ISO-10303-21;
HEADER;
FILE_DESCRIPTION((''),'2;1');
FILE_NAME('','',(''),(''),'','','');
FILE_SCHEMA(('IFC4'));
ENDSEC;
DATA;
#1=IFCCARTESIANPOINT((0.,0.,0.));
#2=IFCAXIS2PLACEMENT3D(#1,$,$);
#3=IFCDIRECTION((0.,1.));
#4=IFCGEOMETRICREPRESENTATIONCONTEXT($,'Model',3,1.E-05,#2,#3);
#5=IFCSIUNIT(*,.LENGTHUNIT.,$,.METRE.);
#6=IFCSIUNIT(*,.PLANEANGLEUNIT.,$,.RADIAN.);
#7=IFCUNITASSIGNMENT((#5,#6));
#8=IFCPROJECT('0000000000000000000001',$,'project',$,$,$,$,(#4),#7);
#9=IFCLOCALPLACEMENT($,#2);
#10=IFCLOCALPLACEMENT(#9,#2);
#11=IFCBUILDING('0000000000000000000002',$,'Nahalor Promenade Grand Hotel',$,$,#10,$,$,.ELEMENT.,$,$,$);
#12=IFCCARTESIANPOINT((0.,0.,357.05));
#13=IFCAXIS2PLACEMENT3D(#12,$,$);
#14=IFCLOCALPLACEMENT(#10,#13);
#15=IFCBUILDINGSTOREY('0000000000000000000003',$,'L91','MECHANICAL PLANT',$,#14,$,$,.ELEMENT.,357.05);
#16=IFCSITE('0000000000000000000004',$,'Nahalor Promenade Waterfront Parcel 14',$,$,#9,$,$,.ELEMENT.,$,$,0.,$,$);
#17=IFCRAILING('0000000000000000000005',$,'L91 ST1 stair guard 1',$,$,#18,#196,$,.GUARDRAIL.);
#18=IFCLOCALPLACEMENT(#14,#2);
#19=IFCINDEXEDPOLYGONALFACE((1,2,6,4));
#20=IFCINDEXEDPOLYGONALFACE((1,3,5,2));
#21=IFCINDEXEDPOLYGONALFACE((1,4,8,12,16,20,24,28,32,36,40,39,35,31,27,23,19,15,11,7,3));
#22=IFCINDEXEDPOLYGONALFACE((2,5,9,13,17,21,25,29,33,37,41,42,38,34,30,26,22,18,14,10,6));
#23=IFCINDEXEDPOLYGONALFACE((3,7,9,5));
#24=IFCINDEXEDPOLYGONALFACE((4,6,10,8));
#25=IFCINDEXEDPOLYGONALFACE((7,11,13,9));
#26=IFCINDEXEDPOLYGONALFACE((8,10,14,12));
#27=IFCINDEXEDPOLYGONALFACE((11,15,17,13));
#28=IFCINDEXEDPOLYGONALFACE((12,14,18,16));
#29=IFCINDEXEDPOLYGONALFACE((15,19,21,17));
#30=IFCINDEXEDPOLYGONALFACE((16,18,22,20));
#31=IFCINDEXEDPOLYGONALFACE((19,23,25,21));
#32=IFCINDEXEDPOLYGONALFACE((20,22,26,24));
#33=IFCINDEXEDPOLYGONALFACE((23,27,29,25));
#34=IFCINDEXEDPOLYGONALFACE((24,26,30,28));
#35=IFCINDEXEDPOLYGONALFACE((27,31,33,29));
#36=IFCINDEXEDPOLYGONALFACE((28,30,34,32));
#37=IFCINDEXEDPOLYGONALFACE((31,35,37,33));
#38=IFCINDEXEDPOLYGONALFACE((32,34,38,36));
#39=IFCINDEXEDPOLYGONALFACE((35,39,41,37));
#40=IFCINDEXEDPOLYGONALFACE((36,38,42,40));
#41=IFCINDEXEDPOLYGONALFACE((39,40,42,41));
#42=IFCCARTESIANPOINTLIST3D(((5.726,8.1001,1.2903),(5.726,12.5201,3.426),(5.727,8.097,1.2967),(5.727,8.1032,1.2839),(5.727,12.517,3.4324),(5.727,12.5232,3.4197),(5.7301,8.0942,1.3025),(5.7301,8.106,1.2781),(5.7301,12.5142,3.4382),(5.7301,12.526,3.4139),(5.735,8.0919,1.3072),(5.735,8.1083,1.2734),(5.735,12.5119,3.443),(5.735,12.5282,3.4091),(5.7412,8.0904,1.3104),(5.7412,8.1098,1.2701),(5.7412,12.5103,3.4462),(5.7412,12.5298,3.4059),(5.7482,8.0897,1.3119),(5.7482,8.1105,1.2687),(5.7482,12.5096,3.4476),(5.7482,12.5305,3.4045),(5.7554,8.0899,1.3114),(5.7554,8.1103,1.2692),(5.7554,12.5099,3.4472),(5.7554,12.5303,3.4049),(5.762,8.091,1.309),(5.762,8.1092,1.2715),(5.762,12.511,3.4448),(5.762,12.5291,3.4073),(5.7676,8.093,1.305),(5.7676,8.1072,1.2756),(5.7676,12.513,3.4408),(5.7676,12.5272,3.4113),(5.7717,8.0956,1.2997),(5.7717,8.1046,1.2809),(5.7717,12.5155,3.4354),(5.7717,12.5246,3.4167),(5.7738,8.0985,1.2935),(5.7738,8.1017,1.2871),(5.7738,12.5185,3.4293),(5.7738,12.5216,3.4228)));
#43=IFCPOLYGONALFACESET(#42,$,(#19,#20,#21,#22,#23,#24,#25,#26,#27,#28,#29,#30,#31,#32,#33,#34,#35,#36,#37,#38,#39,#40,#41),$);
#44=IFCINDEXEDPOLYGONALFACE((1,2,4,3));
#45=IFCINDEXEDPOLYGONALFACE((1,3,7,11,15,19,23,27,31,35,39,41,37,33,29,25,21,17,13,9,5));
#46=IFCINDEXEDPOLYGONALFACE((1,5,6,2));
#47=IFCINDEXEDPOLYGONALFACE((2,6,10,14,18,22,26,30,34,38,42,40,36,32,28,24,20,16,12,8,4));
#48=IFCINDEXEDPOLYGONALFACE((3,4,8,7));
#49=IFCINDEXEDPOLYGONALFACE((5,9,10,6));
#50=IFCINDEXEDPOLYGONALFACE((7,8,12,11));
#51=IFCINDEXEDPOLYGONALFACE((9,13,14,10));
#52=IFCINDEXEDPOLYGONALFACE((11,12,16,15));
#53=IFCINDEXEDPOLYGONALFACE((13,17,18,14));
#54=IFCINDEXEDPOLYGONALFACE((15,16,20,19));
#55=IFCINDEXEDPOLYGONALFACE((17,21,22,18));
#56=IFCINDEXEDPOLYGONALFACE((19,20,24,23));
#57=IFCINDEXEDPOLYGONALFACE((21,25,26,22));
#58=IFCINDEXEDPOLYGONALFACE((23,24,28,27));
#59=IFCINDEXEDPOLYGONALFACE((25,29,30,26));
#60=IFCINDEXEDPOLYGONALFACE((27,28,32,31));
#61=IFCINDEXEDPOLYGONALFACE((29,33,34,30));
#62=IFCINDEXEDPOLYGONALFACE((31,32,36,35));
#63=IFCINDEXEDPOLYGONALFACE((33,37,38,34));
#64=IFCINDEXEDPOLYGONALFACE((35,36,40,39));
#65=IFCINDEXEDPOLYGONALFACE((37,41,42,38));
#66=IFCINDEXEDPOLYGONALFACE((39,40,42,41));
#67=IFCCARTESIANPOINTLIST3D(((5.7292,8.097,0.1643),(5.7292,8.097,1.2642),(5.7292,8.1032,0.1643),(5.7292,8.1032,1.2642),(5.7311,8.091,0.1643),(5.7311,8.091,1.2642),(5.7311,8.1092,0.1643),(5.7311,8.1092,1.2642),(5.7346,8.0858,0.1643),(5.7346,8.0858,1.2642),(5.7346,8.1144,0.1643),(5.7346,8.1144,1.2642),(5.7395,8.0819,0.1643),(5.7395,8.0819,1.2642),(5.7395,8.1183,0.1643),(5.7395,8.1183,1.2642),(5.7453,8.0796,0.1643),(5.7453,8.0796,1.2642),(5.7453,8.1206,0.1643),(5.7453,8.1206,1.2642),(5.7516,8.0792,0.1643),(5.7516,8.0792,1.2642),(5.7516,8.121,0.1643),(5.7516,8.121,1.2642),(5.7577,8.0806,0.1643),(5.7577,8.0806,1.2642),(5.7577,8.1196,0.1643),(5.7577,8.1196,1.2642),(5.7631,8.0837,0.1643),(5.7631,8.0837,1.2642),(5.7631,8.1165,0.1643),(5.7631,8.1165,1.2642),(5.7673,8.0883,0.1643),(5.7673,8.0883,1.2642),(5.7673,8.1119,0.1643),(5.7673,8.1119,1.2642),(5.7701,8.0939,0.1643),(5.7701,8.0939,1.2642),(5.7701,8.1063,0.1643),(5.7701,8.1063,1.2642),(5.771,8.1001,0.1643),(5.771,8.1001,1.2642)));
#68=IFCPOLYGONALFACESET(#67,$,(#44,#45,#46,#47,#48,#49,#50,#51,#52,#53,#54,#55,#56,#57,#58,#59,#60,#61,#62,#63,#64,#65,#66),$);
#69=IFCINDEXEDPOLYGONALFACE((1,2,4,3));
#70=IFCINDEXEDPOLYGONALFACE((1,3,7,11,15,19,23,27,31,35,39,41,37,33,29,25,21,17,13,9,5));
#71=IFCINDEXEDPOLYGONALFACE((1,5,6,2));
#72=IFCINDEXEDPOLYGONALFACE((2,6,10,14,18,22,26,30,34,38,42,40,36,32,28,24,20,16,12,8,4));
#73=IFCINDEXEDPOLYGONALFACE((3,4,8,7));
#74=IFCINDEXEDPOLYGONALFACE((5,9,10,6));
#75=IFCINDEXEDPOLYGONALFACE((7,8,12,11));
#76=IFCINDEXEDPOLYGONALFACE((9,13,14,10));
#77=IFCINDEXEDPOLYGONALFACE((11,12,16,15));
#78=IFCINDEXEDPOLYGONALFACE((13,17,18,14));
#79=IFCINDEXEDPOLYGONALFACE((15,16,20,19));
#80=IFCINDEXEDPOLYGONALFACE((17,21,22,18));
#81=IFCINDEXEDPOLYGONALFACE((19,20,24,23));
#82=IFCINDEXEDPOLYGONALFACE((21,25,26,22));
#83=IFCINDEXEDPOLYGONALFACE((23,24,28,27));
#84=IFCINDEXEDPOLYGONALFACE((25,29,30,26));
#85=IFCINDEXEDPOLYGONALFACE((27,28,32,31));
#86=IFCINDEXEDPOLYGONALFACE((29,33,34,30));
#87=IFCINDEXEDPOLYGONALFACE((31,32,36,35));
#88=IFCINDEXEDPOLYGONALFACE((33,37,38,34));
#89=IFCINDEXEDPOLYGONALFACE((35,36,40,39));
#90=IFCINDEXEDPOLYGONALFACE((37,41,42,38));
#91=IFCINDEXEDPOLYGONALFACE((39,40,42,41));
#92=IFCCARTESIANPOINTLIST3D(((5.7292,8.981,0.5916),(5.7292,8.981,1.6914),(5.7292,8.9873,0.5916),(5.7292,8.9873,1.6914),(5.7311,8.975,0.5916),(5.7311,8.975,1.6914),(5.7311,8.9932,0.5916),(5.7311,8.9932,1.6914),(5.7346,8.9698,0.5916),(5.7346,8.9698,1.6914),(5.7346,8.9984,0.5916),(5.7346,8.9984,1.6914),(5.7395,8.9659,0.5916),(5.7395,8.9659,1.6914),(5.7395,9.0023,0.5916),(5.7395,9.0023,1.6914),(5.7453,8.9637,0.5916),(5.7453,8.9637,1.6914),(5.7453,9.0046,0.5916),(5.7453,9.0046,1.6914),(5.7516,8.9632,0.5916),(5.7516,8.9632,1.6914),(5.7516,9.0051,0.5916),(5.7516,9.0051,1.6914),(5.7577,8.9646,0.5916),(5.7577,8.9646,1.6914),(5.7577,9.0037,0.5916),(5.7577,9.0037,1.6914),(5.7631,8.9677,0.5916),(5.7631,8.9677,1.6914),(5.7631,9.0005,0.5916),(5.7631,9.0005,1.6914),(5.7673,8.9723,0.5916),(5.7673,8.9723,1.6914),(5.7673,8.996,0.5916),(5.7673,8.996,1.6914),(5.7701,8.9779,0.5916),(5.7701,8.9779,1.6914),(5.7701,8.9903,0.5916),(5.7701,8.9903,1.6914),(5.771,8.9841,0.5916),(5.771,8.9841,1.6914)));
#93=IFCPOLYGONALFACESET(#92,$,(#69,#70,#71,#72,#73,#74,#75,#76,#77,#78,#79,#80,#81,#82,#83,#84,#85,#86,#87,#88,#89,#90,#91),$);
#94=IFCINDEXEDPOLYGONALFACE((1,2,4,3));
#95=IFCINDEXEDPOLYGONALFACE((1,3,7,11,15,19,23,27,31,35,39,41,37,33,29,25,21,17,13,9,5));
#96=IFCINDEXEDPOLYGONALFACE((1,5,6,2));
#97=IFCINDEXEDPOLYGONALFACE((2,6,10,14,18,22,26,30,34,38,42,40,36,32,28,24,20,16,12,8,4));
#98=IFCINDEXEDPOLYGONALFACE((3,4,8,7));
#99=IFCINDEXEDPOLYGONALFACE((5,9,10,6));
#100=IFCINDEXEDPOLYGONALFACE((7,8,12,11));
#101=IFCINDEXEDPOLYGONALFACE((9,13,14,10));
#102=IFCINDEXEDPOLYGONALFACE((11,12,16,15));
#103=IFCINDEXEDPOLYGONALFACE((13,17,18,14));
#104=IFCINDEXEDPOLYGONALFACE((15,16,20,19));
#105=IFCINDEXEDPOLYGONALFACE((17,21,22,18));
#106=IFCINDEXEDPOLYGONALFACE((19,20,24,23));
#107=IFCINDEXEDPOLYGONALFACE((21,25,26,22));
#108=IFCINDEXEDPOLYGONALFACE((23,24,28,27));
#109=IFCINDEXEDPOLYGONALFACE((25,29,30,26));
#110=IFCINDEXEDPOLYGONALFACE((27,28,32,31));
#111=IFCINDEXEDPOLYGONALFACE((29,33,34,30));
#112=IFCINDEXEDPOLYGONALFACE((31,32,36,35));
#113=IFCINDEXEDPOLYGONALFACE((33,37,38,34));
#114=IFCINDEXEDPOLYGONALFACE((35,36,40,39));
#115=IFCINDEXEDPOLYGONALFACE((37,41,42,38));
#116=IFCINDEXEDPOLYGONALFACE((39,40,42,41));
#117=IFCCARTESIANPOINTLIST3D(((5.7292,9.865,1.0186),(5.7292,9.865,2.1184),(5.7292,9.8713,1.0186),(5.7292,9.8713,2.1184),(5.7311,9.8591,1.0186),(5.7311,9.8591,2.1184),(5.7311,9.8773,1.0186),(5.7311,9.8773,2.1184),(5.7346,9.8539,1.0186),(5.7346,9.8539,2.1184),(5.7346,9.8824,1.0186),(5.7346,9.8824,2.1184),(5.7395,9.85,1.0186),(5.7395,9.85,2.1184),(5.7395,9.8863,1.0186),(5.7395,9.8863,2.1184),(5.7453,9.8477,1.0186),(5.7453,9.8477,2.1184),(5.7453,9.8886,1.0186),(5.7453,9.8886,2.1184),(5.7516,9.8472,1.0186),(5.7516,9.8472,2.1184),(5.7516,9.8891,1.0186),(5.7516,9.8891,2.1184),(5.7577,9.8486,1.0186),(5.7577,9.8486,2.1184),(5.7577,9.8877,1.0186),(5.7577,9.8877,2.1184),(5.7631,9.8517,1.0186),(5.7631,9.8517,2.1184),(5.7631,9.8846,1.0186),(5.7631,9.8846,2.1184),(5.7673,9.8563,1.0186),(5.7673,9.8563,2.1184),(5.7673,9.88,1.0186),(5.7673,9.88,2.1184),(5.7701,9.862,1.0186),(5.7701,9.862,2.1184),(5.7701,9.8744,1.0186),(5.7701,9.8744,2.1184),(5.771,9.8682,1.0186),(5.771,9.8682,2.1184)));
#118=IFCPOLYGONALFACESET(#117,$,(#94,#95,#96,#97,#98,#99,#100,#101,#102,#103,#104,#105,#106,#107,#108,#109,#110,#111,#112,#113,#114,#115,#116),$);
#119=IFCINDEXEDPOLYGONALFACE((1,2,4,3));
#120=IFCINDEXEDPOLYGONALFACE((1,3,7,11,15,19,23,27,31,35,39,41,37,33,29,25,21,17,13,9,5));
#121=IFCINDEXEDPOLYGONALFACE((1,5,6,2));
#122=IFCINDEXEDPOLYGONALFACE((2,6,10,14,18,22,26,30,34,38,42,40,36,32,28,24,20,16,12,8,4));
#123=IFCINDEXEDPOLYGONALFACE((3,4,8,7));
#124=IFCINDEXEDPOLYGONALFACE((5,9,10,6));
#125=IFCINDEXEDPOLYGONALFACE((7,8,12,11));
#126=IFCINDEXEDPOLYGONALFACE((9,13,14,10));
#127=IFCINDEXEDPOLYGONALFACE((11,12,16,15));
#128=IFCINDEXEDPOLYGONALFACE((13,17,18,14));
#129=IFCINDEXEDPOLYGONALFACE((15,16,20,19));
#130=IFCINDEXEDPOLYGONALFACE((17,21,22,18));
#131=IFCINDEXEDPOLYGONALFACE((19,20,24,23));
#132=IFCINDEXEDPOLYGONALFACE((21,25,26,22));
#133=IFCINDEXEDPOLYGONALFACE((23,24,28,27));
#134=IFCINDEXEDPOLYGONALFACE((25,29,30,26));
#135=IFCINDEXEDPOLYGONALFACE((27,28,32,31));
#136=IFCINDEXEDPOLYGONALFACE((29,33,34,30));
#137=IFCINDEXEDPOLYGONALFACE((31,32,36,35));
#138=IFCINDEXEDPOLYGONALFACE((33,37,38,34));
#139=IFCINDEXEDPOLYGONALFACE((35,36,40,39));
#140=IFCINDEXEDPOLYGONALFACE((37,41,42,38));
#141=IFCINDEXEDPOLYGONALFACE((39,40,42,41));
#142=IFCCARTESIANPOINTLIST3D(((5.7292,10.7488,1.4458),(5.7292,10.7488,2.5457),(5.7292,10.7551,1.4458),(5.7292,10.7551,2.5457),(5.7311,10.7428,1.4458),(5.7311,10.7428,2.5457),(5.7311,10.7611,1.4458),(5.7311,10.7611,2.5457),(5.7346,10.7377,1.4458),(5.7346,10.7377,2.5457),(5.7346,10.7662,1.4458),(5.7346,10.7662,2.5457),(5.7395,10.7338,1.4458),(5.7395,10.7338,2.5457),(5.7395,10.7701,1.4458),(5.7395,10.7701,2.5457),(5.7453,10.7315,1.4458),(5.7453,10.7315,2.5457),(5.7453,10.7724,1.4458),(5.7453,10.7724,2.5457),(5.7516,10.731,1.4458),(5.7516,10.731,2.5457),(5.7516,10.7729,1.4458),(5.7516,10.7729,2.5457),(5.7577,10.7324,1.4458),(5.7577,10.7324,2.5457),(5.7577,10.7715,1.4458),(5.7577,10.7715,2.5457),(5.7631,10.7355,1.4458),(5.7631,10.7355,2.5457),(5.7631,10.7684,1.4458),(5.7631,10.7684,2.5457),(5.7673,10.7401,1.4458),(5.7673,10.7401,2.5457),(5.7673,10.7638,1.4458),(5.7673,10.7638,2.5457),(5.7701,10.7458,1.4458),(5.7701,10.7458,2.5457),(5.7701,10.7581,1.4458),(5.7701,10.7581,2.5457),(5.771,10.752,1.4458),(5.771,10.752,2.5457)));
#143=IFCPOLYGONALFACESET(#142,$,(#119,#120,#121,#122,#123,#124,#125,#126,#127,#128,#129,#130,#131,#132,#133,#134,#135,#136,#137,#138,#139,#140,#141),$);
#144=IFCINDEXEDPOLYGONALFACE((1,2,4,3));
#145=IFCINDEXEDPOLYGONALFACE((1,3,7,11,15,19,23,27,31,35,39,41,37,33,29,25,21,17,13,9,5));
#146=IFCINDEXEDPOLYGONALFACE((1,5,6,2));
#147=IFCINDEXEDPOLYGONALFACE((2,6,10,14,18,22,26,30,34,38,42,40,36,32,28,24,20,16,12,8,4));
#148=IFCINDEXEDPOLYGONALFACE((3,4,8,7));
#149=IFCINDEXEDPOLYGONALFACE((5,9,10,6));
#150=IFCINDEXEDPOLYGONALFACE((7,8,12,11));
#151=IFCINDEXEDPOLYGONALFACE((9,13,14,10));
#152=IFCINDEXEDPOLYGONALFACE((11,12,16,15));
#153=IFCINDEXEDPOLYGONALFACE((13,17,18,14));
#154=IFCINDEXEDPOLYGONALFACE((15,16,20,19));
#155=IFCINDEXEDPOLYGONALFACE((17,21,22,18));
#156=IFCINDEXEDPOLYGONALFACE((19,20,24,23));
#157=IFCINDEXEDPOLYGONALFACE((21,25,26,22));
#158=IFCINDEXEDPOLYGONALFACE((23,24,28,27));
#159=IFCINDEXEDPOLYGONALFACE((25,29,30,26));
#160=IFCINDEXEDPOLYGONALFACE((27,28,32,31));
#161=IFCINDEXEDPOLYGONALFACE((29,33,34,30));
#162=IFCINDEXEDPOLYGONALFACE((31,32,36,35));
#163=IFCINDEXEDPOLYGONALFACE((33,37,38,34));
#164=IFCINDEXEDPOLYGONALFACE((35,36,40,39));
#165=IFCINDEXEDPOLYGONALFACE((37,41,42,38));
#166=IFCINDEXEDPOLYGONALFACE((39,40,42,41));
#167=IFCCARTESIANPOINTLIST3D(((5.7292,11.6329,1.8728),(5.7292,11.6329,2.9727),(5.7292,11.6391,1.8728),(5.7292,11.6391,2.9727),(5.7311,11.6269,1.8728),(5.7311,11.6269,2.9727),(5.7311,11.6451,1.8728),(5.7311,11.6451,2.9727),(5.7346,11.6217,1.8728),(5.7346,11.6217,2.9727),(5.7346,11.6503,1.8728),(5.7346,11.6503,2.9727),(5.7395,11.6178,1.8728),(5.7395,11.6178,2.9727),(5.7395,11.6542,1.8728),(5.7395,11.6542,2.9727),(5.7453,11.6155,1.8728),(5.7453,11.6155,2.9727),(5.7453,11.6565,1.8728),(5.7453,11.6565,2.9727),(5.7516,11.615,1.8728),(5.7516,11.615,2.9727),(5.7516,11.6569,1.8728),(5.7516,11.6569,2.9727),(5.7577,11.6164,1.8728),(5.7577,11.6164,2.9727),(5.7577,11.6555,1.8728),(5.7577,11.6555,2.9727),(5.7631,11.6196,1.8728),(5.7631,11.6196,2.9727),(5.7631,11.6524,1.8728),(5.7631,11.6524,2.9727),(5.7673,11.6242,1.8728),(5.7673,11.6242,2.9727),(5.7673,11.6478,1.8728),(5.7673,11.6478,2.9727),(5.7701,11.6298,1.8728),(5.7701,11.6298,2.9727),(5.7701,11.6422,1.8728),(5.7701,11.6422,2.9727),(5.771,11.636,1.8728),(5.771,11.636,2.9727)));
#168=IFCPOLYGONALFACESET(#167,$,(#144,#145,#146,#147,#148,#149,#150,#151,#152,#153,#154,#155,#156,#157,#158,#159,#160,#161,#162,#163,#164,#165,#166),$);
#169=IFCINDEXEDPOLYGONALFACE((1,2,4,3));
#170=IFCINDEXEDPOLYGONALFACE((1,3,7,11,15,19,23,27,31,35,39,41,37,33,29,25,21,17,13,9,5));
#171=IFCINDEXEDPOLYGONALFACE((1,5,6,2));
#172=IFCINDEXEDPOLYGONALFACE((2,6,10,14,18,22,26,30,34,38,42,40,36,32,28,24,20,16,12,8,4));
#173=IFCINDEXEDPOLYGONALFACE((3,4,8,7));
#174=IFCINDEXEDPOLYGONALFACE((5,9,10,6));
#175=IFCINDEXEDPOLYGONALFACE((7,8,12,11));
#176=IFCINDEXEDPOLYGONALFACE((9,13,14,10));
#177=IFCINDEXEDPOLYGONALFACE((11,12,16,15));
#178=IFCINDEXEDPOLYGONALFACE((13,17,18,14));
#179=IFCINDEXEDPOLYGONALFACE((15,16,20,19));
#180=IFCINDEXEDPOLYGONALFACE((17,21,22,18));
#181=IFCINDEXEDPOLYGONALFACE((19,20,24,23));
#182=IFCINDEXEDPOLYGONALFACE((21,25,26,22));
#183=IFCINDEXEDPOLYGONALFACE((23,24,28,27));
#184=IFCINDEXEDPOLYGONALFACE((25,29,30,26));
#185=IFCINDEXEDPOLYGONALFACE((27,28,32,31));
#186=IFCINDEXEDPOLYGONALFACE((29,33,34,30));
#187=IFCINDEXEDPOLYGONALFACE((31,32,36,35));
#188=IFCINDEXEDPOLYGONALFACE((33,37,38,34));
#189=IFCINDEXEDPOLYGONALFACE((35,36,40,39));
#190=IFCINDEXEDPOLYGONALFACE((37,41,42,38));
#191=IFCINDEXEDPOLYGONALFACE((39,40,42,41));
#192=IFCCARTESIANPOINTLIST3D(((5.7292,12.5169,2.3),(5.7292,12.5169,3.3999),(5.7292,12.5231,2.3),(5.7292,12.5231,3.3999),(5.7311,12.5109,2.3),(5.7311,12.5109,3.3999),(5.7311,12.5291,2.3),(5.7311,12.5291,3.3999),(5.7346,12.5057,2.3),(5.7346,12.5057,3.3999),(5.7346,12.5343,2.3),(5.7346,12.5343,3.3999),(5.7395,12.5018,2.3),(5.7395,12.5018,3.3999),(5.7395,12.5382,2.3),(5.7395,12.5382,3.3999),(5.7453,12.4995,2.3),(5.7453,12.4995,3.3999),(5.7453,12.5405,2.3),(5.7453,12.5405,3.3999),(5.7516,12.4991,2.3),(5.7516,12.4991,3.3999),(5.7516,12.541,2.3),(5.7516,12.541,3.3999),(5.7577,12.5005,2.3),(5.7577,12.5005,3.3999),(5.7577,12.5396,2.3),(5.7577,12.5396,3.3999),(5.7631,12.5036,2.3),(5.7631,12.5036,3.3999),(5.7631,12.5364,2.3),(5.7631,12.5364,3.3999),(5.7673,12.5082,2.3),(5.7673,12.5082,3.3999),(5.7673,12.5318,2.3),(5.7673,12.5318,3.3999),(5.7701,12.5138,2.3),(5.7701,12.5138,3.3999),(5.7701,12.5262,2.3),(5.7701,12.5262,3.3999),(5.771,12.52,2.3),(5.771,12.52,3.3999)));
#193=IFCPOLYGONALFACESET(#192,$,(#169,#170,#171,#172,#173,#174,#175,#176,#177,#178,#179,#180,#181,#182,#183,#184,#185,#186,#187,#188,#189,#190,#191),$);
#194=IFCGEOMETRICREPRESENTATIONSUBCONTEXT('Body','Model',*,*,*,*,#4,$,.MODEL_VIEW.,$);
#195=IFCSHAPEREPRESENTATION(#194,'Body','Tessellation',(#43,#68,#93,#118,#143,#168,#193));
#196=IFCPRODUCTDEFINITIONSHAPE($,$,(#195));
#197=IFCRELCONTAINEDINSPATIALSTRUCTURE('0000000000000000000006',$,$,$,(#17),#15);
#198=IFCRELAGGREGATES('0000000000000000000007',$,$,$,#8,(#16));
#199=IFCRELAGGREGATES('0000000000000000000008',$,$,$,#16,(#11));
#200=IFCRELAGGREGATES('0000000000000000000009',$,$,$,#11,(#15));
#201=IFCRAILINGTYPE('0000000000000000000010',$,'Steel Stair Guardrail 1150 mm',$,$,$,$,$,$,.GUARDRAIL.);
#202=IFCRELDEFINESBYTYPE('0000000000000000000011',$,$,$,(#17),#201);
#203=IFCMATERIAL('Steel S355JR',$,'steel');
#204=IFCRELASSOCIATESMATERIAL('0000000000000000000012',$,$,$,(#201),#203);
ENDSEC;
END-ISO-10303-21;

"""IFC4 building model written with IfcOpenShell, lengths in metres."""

from ifc_helpers import new_model, si_unit, direction, frame, origin, origin_2d, place, context, subcontext, project, spatial, circle, extrude, material, type_object, element, save


model = new_model("IFC4")

# Units and contexts
model_context = context("Model", 3, precision=1e-05, world=origin(), true_north=direction((0.0, 1.0)))
body_context = subcontext(model_context, "Body", "Model", "MODEL_VIEW")
ifc_project = project(units=[si_unit("LENGTHUNIT", "METRE"), si_unit("PLANEANGLEUNIT", "RADIAN")], contexts=[model_context])

# Site, building, storey
site_placement = place(None, origin())
site = spatial("IfcSite", under=ifc_project, at=site_placement, Name="Nahalor Promenade Waterfront Parcel 14", CompositionType="ELEMENT", RefElevation=0.0)
building_placement = place(site_placement, origin())
building = spatial("IfcBuilding", under=site, at=building_placement, Name="Nahalor Promenade Grand Hotel", CompositionType="ELEMENT")
storey_placement = place(building_placement, frame((0.0, 0.0, 357.05)))
storey = spatial("IfcBuildingStorey", under=building, at=storey_placement, Name="L91", Description="MECHANICAL PLANT", CompositionType="ELEMENT", Elevation=357.05)

# Shared definitions
ifc_material_1 = material(Name="Steel S355JR", Category="steel")

# Railing
railing_type_1 = type_object("IfcRailingType", Name="Steel Stair Guardrail 1150 mm", PredefinedType="GUARDRAIL", material=ifc_material_1)
railing_1_placement = place(storey_placement, frame((5.75, 8.1001, 0.1643)))
element("IfcRailing", 1, at=railing_1_placement, inside=storey, type_object=railing_type_1, Name="L91 ST1 stair guard 1", PredefinedType="GUARDRAIL", context=body_context, shape_type="SweptSolid", body=[
    extrude(circle(Radius=0.024, at=origin_2d()), frame((0.0, 0.0, 1.126), z_axis=(0.0, 0.900393, 0.435077), x_axis=(-1.0, 0.0, 0.0)), (0.0, 0.0, 1.0), 4.9089),
    extrude(circle(Radius=0.021, at=origin_2d()), origin(), (0.0, 0.0, 1.0), 1.0999),
    extrude(circle(Radius=0.021, at=origin_2d()), frame((0.0, 0.884, 0.4272)), (0.0, 0.0, 1.0), 1.0999),
    extrude(circle(Radius=0.021, at=origin_2d()), frame((0.0, 1.7681, 0.8542)), (0.0, 0.0, 1.0), 1.0999),
    extrude(circle(Radius=0.021, at=origin_2d()), frame((0.0, 2.6519, 1.2815)), (0.0, 0.0, 1.0), 1.0999),
    extrude(circle(Radius=0.021, at=origin_2d()), frame((0.0, 3.5359, 1.7085)), (0.0, 0.0, 1.0), 1.0999),
    extrude(circle(Radius=0.021, at=origin_2d()), frame((0.0, 4.4199, 2.1357)), (0.0, 0.0, 1.0), 1.0999),
])

save(model, "model.ifc")
